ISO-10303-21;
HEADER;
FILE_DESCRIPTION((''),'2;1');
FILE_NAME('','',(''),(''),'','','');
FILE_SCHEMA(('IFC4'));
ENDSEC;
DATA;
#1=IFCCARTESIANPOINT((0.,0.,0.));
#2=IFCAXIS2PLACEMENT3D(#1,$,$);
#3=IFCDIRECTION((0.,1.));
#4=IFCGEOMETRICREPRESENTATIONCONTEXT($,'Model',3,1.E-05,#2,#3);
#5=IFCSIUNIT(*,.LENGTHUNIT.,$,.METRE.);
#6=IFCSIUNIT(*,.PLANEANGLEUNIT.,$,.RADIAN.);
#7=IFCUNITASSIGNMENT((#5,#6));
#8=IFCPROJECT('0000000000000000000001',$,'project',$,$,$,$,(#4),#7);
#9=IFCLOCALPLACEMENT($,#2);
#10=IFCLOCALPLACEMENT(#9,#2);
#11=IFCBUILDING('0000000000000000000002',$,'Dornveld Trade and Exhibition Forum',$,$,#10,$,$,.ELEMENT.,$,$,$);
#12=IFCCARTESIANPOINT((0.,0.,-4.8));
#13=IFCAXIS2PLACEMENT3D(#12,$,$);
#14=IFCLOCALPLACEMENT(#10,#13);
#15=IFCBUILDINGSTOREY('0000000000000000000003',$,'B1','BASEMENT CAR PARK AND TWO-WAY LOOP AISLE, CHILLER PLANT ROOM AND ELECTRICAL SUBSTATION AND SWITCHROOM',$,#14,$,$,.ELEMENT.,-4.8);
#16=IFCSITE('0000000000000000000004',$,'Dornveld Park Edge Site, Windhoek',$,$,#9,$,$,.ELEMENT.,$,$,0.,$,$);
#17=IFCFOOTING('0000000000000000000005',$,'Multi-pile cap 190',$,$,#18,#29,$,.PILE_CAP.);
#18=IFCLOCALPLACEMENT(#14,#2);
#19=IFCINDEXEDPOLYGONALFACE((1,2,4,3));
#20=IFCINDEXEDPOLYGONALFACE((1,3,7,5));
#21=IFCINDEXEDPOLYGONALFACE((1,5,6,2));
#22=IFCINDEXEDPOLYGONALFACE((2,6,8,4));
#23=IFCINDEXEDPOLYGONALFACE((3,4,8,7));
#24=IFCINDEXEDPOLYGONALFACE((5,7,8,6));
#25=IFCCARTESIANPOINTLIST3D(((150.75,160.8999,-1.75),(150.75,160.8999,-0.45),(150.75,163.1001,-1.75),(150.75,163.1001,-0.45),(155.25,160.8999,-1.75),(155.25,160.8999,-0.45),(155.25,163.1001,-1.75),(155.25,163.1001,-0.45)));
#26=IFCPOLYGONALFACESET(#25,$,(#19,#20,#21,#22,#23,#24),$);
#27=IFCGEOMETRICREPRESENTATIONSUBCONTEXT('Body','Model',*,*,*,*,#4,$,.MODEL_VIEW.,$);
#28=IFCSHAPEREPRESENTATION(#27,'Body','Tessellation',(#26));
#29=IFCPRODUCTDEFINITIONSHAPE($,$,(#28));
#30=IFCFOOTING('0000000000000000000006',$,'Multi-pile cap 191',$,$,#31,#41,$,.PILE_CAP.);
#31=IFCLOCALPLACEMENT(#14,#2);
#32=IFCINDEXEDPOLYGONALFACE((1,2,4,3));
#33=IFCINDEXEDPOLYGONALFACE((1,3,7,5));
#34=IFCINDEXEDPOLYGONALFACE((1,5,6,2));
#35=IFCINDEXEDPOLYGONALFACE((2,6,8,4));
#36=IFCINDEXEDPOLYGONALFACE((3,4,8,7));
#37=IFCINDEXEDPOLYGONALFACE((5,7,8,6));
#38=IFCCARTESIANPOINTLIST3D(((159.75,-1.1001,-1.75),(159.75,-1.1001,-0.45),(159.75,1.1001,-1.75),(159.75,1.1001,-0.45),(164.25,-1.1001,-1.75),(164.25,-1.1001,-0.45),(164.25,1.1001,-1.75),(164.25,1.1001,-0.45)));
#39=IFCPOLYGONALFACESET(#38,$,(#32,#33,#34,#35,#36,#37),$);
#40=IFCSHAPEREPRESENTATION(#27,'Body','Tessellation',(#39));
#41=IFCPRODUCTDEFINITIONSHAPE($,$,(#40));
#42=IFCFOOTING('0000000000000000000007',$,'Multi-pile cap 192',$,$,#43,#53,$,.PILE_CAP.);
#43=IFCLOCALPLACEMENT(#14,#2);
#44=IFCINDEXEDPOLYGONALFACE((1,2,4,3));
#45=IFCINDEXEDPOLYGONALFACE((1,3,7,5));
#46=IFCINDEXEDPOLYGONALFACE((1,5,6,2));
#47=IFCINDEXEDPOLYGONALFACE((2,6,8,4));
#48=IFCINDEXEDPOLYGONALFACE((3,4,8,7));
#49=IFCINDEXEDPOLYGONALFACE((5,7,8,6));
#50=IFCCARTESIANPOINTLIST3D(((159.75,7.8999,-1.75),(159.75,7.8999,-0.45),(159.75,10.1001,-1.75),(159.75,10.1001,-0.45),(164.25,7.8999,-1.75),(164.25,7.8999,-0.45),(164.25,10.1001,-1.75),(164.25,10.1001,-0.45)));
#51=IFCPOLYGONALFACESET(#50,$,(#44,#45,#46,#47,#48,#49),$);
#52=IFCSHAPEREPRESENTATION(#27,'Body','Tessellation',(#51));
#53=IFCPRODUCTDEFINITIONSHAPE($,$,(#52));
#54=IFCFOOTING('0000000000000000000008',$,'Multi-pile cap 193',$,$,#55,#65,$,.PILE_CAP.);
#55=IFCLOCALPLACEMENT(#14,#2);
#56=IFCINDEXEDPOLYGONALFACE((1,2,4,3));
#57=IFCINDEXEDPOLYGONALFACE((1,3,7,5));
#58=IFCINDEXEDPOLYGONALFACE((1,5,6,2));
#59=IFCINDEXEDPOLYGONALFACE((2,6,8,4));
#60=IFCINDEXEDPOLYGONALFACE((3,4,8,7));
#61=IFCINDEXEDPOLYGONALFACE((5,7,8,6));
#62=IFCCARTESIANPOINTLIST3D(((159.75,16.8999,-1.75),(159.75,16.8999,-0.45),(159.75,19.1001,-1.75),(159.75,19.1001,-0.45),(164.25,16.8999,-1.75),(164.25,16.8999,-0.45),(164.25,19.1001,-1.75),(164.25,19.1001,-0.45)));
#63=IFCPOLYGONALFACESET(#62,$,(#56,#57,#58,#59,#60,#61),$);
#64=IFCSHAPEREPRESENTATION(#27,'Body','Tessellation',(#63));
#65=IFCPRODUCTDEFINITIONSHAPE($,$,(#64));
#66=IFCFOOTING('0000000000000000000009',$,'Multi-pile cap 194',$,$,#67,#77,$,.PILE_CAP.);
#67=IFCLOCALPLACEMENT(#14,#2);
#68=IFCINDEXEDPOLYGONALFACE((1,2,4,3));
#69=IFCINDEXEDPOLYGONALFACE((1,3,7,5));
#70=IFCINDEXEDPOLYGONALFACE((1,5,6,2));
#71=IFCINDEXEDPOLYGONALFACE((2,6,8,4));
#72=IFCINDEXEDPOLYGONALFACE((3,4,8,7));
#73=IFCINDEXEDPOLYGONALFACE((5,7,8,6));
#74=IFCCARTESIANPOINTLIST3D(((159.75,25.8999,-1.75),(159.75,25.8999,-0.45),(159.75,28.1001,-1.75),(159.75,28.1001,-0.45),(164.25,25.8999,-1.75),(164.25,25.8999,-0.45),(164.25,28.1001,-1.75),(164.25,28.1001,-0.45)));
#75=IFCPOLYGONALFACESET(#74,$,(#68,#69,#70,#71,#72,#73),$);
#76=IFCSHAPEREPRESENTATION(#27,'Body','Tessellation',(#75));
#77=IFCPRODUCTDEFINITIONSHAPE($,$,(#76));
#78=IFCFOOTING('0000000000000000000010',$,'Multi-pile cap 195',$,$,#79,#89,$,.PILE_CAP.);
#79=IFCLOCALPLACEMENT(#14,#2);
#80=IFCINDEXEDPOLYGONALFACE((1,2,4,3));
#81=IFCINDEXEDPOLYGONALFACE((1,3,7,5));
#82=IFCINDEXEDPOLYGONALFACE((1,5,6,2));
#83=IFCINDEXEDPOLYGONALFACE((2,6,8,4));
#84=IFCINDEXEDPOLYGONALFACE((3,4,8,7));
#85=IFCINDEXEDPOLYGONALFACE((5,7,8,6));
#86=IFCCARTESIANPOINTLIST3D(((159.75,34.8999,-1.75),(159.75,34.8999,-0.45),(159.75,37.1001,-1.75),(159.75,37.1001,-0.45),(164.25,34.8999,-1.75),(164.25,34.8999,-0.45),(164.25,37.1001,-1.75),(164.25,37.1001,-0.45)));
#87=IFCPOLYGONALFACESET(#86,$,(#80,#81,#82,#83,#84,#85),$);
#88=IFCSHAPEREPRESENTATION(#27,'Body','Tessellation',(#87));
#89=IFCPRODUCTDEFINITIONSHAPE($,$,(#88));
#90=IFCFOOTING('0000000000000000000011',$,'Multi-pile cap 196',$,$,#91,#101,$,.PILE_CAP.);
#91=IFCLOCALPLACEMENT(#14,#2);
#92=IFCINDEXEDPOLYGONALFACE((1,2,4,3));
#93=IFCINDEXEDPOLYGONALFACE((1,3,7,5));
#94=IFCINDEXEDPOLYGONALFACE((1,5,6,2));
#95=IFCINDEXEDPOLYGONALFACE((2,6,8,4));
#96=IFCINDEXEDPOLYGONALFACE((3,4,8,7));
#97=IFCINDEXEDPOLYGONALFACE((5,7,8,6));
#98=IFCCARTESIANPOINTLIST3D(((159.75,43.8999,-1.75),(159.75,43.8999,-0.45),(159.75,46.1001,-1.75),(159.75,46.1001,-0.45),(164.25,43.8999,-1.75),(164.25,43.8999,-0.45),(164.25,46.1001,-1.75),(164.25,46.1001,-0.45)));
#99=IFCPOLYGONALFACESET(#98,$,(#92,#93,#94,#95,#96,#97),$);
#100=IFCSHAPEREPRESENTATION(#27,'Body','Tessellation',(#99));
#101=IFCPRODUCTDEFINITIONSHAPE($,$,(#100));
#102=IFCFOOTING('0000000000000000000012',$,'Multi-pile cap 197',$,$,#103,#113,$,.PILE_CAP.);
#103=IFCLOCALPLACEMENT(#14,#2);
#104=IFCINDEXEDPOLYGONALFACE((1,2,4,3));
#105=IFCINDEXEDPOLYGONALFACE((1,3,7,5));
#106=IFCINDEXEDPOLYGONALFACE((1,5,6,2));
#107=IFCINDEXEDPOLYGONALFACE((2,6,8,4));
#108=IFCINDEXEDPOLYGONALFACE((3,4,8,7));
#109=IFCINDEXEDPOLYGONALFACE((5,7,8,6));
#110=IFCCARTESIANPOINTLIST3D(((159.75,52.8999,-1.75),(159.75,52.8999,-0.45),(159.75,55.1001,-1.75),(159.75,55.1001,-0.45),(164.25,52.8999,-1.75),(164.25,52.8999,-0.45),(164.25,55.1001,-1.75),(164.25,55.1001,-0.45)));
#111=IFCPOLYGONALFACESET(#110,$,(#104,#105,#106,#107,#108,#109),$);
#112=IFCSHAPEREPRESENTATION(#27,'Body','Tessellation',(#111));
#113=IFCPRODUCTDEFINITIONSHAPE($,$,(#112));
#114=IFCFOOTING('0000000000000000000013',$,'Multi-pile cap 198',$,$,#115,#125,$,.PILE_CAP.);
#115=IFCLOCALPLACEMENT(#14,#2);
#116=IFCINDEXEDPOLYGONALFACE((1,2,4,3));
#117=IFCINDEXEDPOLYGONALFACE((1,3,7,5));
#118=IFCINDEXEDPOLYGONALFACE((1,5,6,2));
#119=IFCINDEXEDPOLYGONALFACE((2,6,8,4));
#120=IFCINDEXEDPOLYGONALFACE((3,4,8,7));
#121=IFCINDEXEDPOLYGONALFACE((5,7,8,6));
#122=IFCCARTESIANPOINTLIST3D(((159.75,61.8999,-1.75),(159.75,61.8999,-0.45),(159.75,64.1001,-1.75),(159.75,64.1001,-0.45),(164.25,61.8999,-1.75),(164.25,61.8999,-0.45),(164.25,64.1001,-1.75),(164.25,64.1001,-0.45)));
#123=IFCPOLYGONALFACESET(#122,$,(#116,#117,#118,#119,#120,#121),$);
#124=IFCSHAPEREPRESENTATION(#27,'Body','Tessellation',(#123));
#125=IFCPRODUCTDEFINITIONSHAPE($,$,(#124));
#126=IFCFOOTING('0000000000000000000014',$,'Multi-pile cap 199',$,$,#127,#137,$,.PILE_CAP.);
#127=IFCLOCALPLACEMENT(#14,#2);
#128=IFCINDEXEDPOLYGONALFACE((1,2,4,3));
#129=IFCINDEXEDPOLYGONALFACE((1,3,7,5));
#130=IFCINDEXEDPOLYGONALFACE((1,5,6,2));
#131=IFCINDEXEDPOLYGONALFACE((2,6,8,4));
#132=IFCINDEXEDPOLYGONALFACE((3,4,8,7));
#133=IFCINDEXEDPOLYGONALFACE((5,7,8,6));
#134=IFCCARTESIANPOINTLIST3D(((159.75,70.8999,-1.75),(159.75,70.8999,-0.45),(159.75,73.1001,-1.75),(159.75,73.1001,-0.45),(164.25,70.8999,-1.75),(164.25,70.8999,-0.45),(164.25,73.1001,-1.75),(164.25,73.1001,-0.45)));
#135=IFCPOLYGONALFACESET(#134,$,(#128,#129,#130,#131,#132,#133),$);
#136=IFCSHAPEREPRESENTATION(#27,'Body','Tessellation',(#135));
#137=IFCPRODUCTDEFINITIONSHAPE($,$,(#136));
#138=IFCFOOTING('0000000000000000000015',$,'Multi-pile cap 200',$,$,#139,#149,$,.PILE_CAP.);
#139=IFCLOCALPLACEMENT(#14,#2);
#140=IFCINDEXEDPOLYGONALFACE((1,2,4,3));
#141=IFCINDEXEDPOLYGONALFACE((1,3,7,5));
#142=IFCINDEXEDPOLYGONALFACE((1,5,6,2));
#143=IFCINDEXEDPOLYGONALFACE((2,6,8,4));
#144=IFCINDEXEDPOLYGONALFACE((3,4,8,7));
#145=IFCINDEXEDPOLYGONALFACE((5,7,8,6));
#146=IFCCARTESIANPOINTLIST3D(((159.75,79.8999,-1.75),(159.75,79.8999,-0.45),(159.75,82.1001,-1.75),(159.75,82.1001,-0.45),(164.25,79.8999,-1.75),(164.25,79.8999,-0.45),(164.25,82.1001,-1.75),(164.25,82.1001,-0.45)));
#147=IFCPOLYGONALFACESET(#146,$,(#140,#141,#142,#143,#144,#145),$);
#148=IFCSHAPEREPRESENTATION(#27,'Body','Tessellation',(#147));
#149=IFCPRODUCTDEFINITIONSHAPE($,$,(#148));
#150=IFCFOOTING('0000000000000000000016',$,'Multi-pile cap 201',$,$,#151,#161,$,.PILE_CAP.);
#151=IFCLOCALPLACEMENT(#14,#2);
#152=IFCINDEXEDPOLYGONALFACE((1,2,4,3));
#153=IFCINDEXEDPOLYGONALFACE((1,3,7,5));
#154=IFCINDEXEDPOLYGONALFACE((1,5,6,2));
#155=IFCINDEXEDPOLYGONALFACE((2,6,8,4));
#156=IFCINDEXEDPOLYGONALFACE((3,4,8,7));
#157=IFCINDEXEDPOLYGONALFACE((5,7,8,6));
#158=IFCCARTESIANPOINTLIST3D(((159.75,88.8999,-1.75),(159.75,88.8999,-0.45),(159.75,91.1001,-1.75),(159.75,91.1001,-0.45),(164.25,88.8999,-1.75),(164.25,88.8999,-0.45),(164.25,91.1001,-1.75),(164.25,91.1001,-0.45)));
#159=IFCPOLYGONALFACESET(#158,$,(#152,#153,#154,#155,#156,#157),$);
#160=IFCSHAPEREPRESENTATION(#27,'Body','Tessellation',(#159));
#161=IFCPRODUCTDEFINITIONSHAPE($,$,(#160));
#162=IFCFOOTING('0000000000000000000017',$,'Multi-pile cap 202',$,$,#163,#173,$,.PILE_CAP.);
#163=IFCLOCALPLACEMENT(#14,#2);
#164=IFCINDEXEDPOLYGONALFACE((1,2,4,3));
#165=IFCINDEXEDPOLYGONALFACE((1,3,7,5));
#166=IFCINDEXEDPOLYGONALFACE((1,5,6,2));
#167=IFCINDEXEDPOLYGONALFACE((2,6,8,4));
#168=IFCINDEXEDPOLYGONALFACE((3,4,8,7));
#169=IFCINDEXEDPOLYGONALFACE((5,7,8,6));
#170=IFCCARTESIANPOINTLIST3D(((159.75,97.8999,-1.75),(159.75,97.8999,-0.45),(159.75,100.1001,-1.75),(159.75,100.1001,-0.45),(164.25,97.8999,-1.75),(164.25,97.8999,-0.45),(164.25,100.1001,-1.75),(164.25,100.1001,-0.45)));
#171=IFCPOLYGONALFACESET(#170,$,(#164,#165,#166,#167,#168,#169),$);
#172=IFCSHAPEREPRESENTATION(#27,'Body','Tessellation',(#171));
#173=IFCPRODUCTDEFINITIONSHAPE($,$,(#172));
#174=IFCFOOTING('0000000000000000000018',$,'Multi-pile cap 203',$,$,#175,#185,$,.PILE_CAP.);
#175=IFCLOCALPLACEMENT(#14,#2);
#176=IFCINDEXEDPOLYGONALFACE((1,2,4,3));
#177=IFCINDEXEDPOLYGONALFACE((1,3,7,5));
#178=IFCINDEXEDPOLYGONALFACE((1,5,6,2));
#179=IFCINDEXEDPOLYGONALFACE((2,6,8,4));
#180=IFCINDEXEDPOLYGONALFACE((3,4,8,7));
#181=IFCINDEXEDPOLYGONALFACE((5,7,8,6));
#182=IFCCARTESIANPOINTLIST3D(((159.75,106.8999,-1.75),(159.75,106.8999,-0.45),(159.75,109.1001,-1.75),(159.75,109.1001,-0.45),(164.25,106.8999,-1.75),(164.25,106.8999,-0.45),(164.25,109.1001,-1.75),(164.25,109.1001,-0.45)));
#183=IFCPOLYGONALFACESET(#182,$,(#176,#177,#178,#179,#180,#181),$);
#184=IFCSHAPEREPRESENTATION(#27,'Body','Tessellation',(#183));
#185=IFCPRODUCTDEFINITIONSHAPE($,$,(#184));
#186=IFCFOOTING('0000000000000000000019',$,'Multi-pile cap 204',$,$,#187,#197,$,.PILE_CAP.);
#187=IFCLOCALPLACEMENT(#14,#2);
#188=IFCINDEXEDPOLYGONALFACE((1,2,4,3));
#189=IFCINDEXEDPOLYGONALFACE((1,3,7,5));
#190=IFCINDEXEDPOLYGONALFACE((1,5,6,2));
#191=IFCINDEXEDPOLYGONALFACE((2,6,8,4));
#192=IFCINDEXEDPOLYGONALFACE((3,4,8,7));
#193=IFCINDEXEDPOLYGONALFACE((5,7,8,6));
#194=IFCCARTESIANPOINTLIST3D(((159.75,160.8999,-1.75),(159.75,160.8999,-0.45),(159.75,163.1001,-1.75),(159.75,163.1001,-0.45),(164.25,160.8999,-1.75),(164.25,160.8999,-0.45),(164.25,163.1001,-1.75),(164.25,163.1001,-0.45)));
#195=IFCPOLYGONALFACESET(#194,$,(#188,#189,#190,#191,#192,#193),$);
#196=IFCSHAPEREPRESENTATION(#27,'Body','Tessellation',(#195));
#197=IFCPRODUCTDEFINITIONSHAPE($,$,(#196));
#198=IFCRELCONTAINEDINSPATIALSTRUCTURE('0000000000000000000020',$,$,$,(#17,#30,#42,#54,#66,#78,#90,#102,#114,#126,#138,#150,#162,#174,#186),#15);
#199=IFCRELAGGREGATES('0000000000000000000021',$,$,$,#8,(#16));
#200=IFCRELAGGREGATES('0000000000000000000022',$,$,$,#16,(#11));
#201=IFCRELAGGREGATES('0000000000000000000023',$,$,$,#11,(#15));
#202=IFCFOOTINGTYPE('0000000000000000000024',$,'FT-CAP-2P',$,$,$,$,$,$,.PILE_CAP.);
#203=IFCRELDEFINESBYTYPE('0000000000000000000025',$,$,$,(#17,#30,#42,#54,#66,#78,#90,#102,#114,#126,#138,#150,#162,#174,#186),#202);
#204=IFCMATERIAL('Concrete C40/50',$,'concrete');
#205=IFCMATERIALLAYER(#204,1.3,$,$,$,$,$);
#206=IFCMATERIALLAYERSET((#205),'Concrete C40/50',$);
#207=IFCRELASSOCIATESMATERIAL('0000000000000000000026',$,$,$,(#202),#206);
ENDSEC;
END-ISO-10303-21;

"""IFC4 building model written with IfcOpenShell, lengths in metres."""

from ifc_helpers import new_model, si_unit, direction, frame, origin, place, context, subcontext, project, spatial, polyline, outline, extrude, material, layer, layer_set, type_object, element, save


model = new_model("IFC4")

# Units and contexts
model_context = context("Model", 3, precision=1e-05, world=origin(), true_north=direction((0.0, 1.0)))
body_context = subcontext(model_context, "Body", "Model", "MODEL_VIEW")
ifc_project = project(units=[si_unit("LENGTHUNIT", "METRE"), si_unit("PLANEANGLEUNIT", "RADIAN")], contexts=[model_context])

# Site, building, storey
site_placement = place(None, origin())
site = spatial("IfcSite", under=ifc_project, at=site_placement, Name="Dornveld Park Edge Site, Windhoek", CompositionType="ELEMENT", RefElevation=0.0)
building_placement = place(site_placement, origin())
building = spatial("IfcBuilding", under=site, at=building_placement, Name="Dornveld Trade and Exhibition Forum", CompositionType="ELEMENT")
storey_placement = place(building_placement, frame((0.0, 0.0, -4.8)))
storey = spatial("IfcBuildingStorey", under=building, at=storey_placement, Name="B1", Description="BASEMENT CAR PARK AND TWO-WAY LOOP AISLE, CHILLER PLANT ROOM AND ELECTRICAL SUBSTATION AND SWITCHROOM", CompositionType="ELEMENT", Elevation=-4.8)

# Footings
ifc_material = material(Name="Concrete C40/50", Category="concrete")
ifc_layer = layer(ifc_material, 1.3)
ifc_layer_set = layer_set([ifc_layer], Name="Concrete C40/50")
footing_type = type_object("IfcFootingType", Name="FT-CAP-2P", PredefinedType="PILE_CAP", material=ifc_layer_set)
footing_1_placement = place(storey_placement, frame((0.0, 0.0, -1.75)))
element("IfcFooting", 1, at=footing_1_placement, inside=storey, type_object=footing_type, Name="Multi-pile cap 190", PredefinedType="PILE_CAP", context=body_context, shape_type="SweptSolid", body=[
    extrude(outline(polyline([(150.75, 160.8999), (155.25, 160.8999), (155.25, 163.1001), (150.75, 163.1001), (150.75, 160.8999)])), origin(), (0.0, 0.0, 1.0), 1.3),
])
footing_2_placement = place(storey_placement, frame((0.0, 0.0, -1.75)))
element("IfcFooting", 2, at=footing_2_placement, inside=storey, type_object=footing_type, Name="Multi-pile cap 191", PredefinedType="PILE_CAP", context=body_context, shape_type="SweptSolid", body=[
    extrude(outline(polyline([(159.75, -1.1001), (164.25, -1.1001), (164.25, 1.1001), (159.75, 1.1001), (159.75, -1.1001)])), origin(), (0.0, 0.0, 1.0), 1.3),
])
footing_3_placement = place(storey_placement, frame((0.0, 0.0, -1.75)))
element("IfcFooting", 3, at=footing_3_placement, inside=storey, type_object=footing_type, Name="Multi-pile cap 192", PredefinedType="PILE_CAP", context=body_context, shape_type="SweptSolid", body=[
    extrude(outline(polyline([(159.75, 7.8999), (164.25, 7.8999), (164.25, 10.1001), (159.75, 10.1001), (159.75, 7.8999)])), origin(), (0.0, 0.0, 1.0), 1.3),
])
footing_4_placement = place(storey_placement, frame((0.0, 0.0, -1.75)))
element("IfcFooting", 4, at=footing_4_placement, inside=storey, type_object=footing_type, Name="Multi-pile cap 193", PredefinedType="PILE_CAP", context=body_context, shape_type="SweptSolid", body=[
    extrude(outline(polyline([(159.75, 16.8999), (164.25, 16.8999), (164.25, 19.1001), (159.75, 19.1001), (159.75, 16.8999)])), origin(), (0.0, 0.0, 1.0), 1.3),
])
footing_5_placement = place(storey_placement, frame((0.0, 0.0, -1.75)))
element("IfcFooting", 5, at=footing_5_placement, inside=storey, type_object=footing_type, Name="Multi-pile cap 194", PredefinedType="PILE_CAP", context=body_context, shape_type="SweptSolid", body=[
    extrude(outline(polyline([(159.75, 25.8999), (164.25, 25.8999), (164.25, 28.1001), (159.75, 28.1001), (159.75, 25.8999)])), origin(), (0.0, 0.0, 1.0), 1.3),
])
footing_6_placement = place(storey_placement, frame((0.0, 0.0, -1.75)))
element("IfcFooting", 6, at=footing_6_placement, inside=storey, type_object=footing_type, Name="Multi-pile cap 195", PredefinedType="PILE_CAP", context=body_context, shape_type="SweptSolid", body=[
    extrude(outline(polyline([(159.75, 34.8999), (164.25, 34.8999), (164.25, 37.1001), (159.75, 37.1001), (159.75, 34.8999)])), origin(), (0.0, 0.0, 1.0), 1.3),
])
footing_7_placement = place(storey_placement, frame((0.0, 0.0, -1.75)))
element("IfcFooting", 7, at=footing_7_placement, inside=storey, type_object=footing_type, Name="Multi-pile cap 196", PredefinedType="PILE_CAP", context=body_context, shape_type="SweptSolid", body=[
    extrude(outline(polyline([(159.75, 43.8999), (164.25, 43.8999), (164.25, 46.1001), (159.75, 46.1001), (159.75, 43.8999)])), origin(), (0.0, 0.0, 1.0), 1.3),
])
footing_8_placement = place(storey_placement, frame((0.0, 0.0, -1.75)))
element("IfcFooting", 8, at=footing_8_placement, inside=storey, type_object=footing_type, Name="Multi-pile cap 197", PredefinedType="PILE_CAP", context=body_context, shape_type="SweptSolid", body=[
    extrude(outline(polyline([(159.75, 52.8999), (164.25, 52.8999), (164.25, 55.1001), (159.75, 55.1001), (159.75, 52.8999)])), origin(), (0.0, 0.0, 1.0), 1.3),
])
footing_9_placement = place(storey_placement, frame((0.0, 0.0, -1.75)))
element("IfcFooting", 9, at=footing_9_placement, inside=storey, type_object=footing_type, Name="Multi-pile cap 198", PredefinedType="PILE_CAP", context=body_context, shape_type="SweptSolid", body=[
    extrude(outline(polyline([(159.75, 61.8999), (164.25, 61.8999), (164.25, 64.1001), (159.75, 64.1001), (159.75, 61.8999)])), origin(), (0.0, 0.0, 1.0), 1.3),
])
footing_10_placement = place(storey_placement, frame((0.0, 0.0, -1.75)))
element("IfcFooting", 10, at=footing_10_placement, inside=storey, type_object=footing_type, Name="Multi-pile cap 199", PredefinedType="PILE_CAP", context=body_context, shape_type="SweptSolid", body=[
    extrude(outline(polyline([(159.75, 70.8999), (164.25, 70.8999), (164.25, 73.1001), (159.75, 73.1001), (159.75, 70.8999)])), origin(), (0.0, 0.0, 1.0), 1.3),
])
footing_11_placement = place(storey_placement, frame((0.0, 0.0, -1.75)))
element("IfcFooting", 11, at=footing_11_placement, inside=storey, type_object=footing_type, Name="Multi-pile cap 200", PredefinedType="PILE_CAP", context=body_context, shape_type="SweptSolid", body=[
    extrude(outline(polyline([(159.75, 79.8999), (164.25, 79.8999), (164.25, 82.1001), (159.75, 82.1001), (159.75, 79.8999)])), origin(), (0.0, 0.0, 1.0), 1.3),
])
footing_12_placement = place(storey_placement, frame((0.0, 0.0, -1.75)))
element("IfcFooting", 12, at=footing_12_placement, inside=storey, type_object=footing_type, Name="Multi-pile cap 201", PredefinedType="PILE_CAP", context=body_context, shape_type="SweptSolid", body=[
    extrude(outline(polyline([(159.75, 88.8999), (164.25, 88.8999), (164.25, 91.1001), (159.75, 91.1001), (159.75, 88.8999)])), origin(), (0.0, 0.0, 1.0), 1.3),
])
footing_13_placement = place(storey_placement, frame((0.0, 0.0, -1.75)))
element("IfcFooting", 13, at=footing_13_placement, inside=storey, type_object=footing_type, Name="Multi-pile cap 202", PredefinedType="PILE_CAP", context=body_context, shape_type="SweptSolid", body=[
    extrude(outline(polyline([(159.75, 97.8999), (164.25, 97.8999), (164.25, 100.1001), (159.75, 100.1001), (159.75, 97.8999)])), origin(), (0.0, 0.0, 1.0), 1.3),
])
footing_14_placement = place(storey_placement, frame((0.0, 0.0, -1.75)))
element("IfcFooting", 14, at=footing_14_placement, inside=storey, type_object=footing_type, Name="Multi-pile cap 203", PredefinedType="PILE_CAP", context=body_context, shape_type="SweptSolid", body=[
    extrude(outline(polyline([(159.75, 106.8999), (164.25, 106.8999), (164.25, 109.1001), (159.75, 109.1001), (159.75, 106.8999)])), origin(), (0.0, 0.0, 1.0), 1.3),
])
footing_15_placement = place(storey_placement, frame((0.0, 0.0, -1.75)))
element("IfcFooting", 15, at=footing_15_placement, inside=storey, type_object=footing_type, Name="Multi-pile cap 204", PredefinedType="PILE_CAP", context=body_context, shape_type="SweptSolid", body=[
    extrude(outline(polyline([(159.75, 160.8999), (164.25, 160.8999), (164.25, 163.1001), (159.75, 163.1001), (159.75, 160.8999)])), origin(), (0.0, 0.0, 1.0), 1.3),
])

save(model, "model.ifc")
